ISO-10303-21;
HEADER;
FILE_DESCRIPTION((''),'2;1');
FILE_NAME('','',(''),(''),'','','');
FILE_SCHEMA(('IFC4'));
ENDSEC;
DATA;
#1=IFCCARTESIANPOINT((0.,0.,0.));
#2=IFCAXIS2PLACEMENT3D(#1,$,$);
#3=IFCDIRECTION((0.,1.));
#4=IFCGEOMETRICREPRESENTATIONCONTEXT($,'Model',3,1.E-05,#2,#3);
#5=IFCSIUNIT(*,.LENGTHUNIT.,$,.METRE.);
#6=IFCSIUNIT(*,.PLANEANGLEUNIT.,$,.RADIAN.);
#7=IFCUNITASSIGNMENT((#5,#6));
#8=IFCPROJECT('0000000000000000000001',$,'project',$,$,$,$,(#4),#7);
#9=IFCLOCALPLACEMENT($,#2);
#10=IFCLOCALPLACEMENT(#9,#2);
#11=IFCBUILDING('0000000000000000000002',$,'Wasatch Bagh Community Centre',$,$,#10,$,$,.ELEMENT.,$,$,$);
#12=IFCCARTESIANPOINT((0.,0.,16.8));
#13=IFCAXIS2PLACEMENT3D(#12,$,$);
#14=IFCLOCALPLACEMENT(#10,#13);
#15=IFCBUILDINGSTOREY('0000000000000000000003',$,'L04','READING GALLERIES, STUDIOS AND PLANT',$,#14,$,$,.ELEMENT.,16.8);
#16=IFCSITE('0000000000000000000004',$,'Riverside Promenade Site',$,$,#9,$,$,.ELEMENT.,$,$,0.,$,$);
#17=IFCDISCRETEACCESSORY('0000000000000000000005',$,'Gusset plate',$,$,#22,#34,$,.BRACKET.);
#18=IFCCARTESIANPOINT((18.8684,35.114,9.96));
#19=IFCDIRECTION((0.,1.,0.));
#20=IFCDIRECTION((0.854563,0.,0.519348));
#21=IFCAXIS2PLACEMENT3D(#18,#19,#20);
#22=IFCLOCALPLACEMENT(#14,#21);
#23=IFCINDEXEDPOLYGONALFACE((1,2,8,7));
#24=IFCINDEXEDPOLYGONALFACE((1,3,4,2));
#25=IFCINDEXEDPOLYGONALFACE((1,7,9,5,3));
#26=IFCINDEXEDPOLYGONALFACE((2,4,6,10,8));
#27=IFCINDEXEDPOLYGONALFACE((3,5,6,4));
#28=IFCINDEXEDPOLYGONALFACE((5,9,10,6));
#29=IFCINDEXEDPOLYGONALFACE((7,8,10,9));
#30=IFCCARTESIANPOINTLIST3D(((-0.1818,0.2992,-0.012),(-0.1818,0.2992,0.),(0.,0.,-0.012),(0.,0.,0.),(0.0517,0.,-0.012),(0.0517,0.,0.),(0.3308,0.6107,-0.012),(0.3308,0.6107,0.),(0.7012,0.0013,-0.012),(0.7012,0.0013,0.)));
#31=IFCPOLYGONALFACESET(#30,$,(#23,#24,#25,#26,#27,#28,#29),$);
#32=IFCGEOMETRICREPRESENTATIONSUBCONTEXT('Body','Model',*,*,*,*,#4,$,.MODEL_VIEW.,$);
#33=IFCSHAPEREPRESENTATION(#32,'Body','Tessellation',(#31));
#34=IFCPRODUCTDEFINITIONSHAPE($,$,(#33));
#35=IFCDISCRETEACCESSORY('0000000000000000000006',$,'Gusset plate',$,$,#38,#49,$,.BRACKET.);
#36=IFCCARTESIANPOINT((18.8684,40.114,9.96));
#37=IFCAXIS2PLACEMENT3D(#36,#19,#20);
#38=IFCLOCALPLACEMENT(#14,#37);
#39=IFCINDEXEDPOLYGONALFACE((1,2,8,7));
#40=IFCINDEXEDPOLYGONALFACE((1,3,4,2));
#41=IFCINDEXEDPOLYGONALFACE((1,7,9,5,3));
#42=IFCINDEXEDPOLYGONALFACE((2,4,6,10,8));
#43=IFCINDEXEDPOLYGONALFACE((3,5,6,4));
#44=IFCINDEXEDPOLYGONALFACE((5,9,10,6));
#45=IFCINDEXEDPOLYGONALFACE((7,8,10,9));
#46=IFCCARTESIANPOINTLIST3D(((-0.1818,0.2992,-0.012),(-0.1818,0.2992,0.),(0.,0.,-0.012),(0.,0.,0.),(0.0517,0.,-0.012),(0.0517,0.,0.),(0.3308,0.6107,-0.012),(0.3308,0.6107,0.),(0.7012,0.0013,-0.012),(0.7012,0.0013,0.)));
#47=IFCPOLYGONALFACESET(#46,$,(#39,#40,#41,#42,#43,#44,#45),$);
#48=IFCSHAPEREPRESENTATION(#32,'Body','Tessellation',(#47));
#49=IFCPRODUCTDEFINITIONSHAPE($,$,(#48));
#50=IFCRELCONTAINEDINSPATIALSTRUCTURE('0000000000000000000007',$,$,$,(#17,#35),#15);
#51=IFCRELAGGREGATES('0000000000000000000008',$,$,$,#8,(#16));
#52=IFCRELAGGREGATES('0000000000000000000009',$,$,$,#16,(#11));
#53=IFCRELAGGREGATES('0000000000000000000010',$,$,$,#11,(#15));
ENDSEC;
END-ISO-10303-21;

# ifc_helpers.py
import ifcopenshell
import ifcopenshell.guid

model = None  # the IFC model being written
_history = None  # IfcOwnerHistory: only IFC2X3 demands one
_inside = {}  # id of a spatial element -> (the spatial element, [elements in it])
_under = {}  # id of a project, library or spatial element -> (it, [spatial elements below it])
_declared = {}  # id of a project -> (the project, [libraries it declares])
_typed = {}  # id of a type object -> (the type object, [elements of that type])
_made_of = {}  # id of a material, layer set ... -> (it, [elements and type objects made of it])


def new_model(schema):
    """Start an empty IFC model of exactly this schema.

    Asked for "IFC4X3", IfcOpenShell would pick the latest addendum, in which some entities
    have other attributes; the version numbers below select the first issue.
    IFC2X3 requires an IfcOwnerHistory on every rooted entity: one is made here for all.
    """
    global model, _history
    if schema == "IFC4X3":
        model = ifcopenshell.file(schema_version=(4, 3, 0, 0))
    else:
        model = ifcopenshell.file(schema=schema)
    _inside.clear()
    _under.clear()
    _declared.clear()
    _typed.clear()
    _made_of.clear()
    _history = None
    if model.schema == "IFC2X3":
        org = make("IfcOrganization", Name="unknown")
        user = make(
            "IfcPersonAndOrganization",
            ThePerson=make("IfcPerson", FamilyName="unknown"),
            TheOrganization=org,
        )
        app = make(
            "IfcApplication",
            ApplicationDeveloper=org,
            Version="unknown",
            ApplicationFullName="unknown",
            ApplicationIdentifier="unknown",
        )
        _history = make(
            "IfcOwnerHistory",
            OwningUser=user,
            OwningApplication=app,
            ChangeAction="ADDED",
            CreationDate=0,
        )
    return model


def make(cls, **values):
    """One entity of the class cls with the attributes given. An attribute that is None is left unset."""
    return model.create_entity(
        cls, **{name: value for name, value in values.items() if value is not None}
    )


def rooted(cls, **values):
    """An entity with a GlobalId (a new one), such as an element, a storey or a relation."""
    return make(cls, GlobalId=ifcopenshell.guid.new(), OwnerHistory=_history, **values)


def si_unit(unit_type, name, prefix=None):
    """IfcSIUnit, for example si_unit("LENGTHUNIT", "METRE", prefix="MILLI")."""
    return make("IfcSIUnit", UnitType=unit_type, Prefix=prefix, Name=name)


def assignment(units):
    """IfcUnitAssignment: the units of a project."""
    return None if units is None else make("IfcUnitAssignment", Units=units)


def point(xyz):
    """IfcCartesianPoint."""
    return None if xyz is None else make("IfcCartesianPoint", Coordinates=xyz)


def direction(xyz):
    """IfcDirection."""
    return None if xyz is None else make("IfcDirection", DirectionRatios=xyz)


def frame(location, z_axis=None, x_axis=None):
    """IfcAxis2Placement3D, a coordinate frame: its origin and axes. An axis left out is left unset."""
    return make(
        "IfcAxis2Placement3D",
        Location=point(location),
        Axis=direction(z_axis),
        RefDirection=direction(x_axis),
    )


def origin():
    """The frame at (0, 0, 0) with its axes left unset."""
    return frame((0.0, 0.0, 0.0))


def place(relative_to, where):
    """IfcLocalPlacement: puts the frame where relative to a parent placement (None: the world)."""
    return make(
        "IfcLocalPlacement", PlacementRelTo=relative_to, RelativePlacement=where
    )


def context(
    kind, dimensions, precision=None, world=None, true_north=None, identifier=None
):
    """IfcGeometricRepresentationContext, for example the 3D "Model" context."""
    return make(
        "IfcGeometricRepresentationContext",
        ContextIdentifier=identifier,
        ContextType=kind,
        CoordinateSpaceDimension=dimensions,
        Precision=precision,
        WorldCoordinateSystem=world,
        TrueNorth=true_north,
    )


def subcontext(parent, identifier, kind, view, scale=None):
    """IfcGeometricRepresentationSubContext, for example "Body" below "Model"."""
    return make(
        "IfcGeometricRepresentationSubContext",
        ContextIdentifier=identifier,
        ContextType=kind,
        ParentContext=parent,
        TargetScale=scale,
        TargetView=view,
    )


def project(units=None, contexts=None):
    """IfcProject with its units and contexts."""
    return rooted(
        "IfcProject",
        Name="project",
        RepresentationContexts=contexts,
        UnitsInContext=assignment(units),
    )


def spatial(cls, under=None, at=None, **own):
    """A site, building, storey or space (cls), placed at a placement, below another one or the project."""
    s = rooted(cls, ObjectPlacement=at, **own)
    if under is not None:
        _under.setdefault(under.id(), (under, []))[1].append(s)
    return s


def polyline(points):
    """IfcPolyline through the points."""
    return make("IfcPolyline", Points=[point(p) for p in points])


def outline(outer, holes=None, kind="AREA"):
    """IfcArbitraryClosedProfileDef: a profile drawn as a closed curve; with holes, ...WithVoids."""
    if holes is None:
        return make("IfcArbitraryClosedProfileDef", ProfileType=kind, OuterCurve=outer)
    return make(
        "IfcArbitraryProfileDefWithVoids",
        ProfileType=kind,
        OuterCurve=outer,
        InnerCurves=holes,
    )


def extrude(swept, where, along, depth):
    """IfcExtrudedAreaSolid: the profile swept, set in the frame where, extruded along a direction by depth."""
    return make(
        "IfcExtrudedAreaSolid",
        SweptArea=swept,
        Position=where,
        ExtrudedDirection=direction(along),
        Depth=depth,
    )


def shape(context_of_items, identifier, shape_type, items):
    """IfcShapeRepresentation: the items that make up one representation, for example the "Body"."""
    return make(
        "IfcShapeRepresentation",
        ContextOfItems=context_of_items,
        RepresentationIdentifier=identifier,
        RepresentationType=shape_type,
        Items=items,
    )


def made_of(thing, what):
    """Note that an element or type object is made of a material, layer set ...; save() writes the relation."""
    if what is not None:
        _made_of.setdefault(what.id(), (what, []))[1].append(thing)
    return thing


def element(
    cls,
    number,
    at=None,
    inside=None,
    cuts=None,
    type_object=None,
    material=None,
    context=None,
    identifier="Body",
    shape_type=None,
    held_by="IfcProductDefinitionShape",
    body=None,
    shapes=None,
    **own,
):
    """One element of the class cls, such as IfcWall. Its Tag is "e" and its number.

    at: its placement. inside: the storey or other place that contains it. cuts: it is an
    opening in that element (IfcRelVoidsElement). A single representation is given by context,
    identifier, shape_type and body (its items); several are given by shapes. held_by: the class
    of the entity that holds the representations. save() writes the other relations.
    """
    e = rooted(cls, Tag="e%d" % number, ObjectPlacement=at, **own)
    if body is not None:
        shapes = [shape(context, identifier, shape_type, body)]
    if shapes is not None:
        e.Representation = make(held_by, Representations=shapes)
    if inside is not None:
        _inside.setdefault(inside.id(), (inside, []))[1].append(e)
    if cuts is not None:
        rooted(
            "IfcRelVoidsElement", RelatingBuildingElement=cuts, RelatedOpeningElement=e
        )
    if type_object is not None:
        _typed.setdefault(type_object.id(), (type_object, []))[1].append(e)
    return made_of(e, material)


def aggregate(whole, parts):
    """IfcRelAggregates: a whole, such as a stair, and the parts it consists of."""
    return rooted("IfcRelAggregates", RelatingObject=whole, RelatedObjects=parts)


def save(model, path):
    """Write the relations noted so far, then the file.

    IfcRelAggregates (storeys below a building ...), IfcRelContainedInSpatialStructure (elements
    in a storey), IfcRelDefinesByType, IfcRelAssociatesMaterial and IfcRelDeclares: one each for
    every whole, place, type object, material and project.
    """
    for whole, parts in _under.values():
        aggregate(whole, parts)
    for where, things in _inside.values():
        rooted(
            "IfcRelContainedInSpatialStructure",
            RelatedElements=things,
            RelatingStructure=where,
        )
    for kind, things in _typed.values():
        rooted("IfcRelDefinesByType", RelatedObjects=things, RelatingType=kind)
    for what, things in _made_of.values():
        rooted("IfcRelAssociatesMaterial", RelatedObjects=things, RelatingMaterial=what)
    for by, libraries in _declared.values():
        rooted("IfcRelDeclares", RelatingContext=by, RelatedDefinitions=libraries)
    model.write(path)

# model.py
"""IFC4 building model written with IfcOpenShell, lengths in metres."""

from ifc_helpers import new_model, si_unit, direction, frame, origin, place, context, subcontext, project, spatial, polyline, outline, extrude, element, save


model = new_model("IFC4")

# Units and contexts
model_context = context("Model", 3, precision=1e-05, world=origin(), true_north=direction((0.0, 1.0)))
body_context = subcontext(model_context, "Body", "Model", "MODEL_VIEW")
ifc_project = project(units=[si_unit("LENGTHUNIT", "METRE"), si_unit("PLANEANGLEUNIT", "RADIAN")], contexts=[model_context])

# Site, building, storey
site_placement = place(None, origin())
site = spatial("IfcSite", under=ifc_project, at=site_placement, Name="Riverside Promenade Site", CompositionType="ELEMENT", RefElevation=0.0)
building_placement = place(site_placement, origin())
building = spatial("IfcBuilding", under=site, at=building_placement, Name="Wasatch Bagh Community Centre", CompositionType="ELEMENT")
storey_placement = place(building_placement, frame((0.0, 0.0, 16.8)))
storey = spatial("IfcBuildingStorey", under=building, at=storey_placement, Name="L04", Description="READING GALLERIES, STUDIOS AND PLANT", CompositionType="ELEMENT", Elevation=16.8)

# Discrete accessories
discrete_accessory_1_placement = place(storey_placement, frame((18.8684, 35.114, 9.96), z_axis=(0.0, 1.0, 0.0), x_axis=(0.854563, 0.0, 0.519348)))
element("IfcDiscreteAccessory", 1, at=discrete_accessory_1_placement, inside=storey, Name="Gusset plate", PredefinedType="BRACKET", context=body_context, shape_type="SweptSolid", body=[
    extrude(outline(polyline([(0.0, 0.0), (0.0517, 0.0), (0.7012, 0.0013), (0.3308, 0.6107), (-0.1818, 0.2992), (0.0, 0.0)])), origin(), (0.0, 0.0, -1.0), 0.012),
])
discrete_accessory_2_placement = place(storey_placement, frame((18.8684, 40.114, 9.96), z_axis=(0.0, 1.0, 0.0), x_axis=(0.854563, 0.0, 0.519348)))
element("IfcDiscreteAccessory", 2, at=discrete_accessory_2_placement, inside=storey, Name="Gusset plate", PredefinedType="BRACKET", context=body_context, shape_type="SweptSolid", body=[
    extrude(outline(polyline([(0.0, 0.0), (0.0517, 0.0), (0.7012, 0.0013), (0.3308, 0.6107), (-0.1818, 0.2992), (0.0, 0.0)])), origin(), (0.0, 0.0, -1.0), 0.012),
])

save(model, "model.ifc")
